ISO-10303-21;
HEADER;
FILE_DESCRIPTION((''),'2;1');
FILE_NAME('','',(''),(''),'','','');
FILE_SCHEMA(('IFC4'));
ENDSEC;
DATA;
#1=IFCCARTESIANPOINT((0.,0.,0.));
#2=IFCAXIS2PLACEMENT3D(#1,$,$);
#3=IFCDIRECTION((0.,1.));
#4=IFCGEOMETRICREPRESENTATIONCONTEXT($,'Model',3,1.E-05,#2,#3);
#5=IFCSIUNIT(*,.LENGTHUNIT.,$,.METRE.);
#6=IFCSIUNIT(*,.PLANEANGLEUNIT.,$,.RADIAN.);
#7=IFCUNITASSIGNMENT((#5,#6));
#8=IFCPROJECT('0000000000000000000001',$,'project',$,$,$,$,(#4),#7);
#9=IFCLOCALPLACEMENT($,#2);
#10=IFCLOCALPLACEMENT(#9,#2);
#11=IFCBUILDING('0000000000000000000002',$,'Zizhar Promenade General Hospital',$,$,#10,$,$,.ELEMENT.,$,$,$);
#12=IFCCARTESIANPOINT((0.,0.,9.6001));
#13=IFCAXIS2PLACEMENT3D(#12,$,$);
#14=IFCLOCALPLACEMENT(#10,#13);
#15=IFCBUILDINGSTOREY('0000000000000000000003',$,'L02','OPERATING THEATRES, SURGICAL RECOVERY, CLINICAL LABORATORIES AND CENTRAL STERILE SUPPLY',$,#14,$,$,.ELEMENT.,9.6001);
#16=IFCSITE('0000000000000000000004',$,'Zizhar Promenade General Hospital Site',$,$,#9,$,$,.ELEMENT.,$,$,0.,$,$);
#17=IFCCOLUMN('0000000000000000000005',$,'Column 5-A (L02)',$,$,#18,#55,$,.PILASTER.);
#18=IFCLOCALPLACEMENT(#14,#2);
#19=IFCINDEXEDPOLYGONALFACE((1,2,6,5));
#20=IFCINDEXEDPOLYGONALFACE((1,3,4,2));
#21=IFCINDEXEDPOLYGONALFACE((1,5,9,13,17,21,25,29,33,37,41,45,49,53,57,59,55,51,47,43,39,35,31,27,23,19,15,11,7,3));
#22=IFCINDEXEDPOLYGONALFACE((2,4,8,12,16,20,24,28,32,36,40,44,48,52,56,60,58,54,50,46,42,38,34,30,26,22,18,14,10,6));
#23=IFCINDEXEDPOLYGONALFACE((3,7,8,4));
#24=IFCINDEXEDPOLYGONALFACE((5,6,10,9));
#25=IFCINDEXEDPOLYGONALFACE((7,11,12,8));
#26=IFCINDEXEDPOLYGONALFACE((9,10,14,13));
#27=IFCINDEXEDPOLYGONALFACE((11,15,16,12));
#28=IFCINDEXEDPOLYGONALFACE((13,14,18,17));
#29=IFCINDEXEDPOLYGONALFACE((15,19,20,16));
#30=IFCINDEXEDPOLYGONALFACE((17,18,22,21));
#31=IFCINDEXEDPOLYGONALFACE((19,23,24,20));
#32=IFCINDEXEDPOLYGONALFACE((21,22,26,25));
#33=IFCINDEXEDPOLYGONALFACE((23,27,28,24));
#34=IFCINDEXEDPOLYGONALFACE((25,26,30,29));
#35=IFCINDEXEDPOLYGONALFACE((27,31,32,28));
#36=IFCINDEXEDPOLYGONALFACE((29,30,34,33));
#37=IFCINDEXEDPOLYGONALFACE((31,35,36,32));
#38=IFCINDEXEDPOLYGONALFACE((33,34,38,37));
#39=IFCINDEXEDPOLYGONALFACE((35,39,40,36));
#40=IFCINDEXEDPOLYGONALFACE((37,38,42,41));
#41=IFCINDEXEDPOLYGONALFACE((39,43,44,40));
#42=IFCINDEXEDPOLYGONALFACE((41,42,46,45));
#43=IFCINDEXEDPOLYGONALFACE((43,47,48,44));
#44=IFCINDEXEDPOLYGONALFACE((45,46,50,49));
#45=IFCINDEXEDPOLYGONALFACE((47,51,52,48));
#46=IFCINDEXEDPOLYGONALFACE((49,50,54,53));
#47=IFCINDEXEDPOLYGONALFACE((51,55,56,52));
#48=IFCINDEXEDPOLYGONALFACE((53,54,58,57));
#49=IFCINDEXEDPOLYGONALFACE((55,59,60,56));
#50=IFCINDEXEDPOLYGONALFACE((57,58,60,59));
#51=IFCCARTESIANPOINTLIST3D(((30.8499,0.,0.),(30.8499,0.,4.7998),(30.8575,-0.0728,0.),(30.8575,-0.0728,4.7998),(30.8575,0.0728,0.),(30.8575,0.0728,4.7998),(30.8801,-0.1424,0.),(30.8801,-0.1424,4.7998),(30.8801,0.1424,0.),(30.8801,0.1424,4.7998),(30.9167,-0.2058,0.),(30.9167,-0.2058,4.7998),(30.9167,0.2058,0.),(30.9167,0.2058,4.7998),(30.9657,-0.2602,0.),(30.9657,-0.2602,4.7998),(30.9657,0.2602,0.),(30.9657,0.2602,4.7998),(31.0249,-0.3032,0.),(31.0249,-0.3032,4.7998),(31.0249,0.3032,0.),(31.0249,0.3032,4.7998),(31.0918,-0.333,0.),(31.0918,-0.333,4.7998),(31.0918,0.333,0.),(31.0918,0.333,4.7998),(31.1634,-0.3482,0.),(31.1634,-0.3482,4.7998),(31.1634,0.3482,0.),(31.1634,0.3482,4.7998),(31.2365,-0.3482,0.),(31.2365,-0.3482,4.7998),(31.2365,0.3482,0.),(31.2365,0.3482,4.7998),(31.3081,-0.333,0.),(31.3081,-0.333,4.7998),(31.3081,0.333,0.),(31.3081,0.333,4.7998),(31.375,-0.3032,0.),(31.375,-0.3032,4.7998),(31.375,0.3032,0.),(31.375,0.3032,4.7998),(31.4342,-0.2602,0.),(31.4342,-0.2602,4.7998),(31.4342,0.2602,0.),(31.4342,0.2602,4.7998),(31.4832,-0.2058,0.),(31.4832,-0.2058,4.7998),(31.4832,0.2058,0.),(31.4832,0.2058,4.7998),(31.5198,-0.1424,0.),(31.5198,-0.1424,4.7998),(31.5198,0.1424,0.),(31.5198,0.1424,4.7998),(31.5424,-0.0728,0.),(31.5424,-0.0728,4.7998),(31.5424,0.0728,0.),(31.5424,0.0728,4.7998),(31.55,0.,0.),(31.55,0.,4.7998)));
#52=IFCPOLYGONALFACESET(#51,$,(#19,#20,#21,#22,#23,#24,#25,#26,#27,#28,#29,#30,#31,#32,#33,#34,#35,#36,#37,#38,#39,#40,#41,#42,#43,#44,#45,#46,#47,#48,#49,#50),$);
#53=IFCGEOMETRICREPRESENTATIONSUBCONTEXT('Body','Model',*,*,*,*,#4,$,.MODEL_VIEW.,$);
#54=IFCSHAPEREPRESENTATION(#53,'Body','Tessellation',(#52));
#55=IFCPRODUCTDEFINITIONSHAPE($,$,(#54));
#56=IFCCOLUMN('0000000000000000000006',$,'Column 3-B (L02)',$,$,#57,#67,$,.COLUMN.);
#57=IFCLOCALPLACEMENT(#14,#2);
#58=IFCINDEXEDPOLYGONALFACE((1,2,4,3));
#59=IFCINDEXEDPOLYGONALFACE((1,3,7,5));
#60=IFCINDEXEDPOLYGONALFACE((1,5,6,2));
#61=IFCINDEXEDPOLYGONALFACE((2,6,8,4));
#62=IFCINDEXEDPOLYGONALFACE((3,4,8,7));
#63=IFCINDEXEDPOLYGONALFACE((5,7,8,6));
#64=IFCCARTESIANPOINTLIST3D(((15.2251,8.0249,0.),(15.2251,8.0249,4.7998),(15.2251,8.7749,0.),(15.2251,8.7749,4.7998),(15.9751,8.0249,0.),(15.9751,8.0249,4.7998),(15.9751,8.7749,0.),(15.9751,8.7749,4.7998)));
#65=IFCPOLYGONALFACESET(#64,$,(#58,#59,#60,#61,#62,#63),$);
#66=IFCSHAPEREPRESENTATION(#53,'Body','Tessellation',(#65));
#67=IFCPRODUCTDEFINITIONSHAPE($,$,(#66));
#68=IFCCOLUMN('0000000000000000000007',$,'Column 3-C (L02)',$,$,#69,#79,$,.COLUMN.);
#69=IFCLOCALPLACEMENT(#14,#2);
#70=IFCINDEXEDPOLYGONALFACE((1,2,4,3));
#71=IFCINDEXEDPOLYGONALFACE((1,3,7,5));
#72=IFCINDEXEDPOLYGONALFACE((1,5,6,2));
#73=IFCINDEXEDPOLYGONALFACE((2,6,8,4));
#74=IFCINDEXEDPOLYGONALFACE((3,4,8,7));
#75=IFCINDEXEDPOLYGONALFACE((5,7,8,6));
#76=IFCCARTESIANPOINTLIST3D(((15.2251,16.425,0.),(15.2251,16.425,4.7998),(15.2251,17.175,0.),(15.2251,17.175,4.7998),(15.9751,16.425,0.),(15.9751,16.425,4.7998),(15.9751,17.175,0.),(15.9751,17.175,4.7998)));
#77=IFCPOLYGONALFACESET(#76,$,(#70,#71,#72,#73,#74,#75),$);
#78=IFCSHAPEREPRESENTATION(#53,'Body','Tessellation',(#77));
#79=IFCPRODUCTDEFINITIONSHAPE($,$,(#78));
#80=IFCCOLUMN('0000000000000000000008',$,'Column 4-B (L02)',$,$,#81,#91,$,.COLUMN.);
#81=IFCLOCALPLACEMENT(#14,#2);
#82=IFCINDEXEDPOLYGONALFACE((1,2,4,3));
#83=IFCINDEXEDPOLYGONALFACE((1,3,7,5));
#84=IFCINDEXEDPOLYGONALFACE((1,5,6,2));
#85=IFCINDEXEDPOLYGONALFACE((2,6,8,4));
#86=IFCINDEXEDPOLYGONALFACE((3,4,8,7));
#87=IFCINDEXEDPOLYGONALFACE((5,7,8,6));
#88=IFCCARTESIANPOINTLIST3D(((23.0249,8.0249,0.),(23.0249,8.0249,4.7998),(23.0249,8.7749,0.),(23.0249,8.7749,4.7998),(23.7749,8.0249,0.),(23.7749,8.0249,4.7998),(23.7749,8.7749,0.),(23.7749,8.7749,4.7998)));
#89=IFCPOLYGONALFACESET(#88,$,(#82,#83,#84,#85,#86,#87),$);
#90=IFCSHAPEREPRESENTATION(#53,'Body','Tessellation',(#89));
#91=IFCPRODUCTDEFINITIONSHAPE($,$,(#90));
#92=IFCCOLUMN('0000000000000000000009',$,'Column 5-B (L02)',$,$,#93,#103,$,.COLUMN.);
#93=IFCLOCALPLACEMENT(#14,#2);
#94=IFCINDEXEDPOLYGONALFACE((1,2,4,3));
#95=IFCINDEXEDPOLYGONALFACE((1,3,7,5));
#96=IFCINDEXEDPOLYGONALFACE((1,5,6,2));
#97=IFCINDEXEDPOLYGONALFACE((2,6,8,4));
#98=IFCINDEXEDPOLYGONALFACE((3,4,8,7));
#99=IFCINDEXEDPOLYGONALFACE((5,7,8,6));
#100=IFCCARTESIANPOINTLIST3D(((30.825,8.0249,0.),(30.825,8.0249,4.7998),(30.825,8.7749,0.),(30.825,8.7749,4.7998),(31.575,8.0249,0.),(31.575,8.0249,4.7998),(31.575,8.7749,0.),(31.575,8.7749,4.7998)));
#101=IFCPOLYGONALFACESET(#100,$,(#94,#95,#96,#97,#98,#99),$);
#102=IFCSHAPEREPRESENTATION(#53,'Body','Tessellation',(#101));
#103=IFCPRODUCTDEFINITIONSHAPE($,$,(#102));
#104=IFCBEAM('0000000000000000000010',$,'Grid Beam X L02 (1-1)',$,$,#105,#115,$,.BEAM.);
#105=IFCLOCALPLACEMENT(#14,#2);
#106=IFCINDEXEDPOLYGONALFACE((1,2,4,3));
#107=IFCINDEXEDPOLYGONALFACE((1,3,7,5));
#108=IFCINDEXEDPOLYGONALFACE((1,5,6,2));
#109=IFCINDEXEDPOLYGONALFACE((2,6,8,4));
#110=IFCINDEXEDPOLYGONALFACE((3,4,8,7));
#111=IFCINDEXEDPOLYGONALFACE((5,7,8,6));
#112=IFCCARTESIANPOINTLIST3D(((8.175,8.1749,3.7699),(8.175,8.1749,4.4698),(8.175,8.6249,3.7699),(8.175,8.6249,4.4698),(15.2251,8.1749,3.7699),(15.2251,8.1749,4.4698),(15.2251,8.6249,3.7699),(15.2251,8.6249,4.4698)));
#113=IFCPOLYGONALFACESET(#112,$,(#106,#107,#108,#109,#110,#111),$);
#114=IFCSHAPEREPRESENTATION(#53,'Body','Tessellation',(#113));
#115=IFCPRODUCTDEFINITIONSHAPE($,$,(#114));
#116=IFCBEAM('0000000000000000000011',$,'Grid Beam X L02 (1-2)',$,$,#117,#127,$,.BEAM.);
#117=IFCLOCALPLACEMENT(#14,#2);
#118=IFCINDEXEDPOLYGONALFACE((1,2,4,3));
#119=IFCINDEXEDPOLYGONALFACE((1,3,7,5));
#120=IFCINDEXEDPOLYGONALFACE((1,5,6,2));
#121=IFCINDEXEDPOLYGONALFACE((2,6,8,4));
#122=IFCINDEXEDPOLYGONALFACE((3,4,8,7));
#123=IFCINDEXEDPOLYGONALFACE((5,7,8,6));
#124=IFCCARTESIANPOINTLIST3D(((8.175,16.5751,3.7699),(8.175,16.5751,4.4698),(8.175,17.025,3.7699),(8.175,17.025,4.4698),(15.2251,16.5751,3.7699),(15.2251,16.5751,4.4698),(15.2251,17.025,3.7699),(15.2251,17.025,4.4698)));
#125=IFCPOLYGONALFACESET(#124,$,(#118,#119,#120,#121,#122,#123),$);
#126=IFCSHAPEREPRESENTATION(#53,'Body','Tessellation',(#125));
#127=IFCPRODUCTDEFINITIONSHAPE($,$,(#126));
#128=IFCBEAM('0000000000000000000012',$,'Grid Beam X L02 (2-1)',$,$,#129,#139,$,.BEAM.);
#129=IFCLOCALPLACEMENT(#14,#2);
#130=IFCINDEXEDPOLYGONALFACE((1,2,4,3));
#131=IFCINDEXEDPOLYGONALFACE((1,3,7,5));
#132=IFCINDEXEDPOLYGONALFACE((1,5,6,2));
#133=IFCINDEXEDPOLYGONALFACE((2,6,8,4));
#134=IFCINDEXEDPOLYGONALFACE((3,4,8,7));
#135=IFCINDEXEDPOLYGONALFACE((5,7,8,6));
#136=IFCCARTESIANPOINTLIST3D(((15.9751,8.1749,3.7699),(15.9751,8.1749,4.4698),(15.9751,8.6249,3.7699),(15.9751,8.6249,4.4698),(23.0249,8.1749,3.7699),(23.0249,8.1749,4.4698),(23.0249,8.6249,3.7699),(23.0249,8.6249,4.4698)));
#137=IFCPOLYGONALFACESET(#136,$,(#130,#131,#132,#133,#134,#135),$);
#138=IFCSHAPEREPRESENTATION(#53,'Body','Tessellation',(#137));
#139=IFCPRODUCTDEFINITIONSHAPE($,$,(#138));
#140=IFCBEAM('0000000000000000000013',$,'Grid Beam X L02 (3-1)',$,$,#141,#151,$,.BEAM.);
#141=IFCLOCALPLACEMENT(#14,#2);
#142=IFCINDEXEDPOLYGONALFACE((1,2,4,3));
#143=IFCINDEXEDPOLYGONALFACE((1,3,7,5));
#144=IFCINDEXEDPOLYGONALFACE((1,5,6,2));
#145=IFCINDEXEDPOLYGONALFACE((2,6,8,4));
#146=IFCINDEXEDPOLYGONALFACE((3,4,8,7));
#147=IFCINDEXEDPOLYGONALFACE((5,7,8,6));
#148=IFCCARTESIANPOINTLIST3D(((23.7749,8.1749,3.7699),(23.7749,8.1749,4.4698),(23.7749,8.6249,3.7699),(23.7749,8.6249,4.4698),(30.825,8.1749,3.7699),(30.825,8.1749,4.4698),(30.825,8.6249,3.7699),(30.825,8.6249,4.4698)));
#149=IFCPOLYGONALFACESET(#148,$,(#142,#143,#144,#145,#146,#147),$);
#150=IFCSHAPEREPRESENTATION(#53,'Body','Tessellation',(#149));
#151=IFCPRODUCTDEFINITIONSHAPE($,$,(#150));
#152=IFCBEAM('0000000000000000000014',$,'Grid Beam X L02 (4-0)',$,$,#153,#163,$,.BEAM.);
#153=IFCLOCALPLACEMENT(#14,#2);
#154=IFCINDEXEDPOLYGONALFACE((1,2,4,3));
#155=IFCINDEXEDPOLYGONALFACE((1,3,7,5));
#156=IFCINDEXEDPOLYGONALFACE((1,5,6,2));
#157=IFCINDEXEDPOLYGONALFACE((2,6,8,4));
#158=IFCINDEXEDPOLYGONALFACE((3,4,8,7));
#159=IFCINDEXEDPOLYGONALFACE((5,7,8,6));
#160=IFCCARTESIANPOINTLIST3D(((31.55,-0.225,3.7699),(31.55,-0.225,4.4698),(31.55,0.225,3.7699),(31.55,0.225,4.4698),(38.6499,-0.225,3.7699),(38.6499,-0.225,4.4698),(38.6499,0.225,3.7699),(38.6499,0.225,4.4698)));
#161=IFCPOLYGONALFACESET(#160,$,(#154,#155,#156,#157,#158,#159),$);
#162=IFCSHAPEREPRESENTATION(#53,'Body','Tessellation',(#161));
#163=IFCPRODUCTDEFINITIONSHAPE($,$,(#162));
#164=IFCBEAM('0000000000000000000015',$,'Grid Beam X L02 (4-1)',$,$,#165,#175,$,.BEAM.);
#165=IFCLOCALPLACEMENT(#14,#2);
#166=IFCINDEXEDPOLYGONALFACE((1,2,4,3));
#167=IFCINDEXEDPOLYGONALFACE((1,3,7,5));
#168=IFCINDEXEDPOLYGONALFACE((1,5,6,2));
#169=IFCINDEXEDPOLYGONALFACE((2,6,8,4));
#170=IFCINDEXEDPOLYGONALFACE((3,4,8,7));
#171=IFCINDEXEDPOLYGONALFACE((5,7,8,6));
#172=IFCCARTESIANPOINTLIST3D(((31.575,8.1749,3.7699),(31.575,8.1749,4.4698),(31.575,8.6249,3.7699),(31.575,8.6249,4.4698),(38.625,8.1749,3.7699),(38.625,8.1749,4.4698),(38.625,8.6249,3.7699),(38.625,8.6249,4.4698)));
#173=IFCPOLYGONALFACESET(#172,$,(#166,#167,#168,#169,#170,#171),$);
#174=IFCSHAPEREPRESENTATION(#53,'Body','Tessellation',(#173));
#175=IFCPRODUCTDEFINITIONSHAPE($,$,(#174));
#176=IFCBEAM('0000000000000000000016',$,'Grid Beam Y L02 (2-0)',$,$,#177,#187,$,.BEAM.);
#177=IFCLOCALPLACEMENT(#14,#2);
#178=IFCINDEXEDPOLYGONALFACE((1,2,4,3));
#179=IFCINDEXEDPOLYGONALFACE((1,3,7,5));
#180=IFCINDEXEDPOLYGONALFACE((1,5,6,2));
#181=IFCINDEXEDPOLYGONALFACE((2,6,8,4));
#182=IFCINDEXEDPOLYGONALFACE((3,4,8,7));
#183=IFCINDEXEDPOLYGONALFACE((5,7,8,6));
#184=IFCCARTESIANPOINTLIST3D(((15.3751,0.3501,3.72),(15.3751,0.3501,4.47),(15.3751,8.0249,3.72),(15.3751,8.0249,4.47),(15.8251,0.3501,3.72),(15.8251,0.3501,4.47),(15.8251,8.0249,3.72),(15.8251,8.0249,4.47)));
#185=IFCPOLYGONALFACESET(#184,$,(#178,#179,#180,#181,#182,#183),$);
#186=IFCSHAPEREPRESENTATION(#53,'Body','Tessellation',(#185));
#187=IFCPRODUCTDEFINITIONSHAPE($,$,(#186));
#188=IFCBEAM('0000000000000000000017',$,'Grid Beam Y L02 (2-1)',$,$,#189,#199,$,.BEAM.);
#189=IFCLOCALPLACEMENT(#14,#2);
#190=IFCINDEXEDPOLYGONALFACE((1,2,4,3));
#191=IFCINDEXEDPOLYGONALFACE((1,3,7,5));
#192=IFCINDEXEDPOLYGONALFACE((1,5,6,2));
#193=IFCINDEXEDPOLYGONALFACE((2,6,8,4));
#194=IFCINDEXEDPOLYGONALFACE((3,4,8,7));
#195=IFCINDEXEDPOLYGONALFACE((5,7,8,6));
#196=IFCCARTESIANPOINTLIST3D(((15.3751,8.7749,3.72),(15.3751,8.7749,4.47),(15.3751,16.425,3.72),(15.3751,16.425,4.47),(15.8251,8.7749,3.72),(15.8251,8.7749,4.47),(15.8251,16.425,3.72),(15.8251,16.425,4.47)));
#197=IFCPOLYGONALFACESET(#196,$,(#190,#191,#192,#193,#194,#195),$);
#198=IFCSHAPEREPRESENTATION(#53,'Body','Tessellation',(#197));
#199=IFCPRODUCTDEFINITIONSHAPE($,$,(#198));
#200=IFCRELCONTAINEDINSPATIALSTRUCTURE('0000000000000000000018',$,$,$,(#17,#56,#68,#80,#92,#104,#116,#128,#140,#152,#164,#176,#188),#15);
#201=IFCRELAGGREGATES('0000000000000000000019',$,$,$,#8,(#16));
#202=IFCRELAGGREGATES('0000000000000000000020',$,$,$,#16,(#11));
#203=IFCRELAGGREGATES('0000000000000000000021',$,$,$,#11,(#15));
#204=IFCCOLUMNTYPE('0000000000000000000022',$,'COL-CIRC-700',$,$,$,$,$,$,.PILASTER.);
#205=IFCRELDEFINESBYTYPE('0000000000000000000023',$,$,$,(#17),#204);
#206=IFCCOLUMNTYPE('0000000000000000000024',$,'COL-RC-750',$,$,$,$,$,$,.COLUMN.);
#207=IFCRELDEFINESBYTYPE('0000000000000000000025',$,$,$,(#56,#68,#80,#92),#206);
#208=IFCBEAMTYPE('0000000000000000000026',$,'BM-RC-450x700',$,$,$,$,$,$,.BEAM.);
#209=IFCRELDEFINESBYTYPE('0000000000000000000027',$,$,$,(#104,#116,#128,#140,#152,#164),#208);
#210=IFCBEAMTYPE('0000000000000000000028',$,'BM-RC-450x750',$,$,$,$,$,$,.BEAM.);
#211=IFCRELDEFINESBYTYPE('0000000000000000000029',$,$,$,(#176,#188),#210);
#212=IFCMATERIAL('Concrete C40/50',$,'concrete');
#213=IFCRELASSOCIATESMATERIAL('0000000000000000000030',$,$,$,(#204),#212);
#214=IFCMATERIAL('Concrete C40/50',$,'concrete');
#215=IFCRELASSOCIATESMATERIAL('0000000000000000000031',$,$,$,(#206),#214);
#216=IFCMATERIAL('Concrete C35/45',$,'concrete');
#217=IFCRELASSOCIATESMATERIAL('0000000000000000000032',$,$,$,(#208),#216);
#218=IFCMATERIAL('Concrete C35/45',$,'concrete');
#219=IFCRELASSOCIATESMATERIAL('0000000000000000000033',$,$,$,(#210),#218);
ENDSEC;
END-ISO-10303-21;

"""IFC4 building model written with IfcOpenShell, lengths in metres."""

from ifc_helpers import new_model, si_unit, direction, frame, origin, origin_2d, place, context, subcontext, project, spatial, rectangle, circle, extrude, material, material_profile, profile_set, type_object, element, save


model = new_model("IFC4")

# Units and contexts
model_context = context("Model", 3, precision=1e-05, world=origin(), true_north=direction((0.0, 1.0)))
body_context = subcontext(model_context, "Body", "Model", "MODEL_VIEW")
ifc_project = project(units=[si_unit("LENGTHUNIT", "METRE"), si_unit("PLANEANGLEUNIT", "RADIAN")], contexts=[model_context])

# Site, building, storey
site_placement = place(None, origin())
site = spatial("IfcSite", under=ifc_project, at=site_placement, Name="Zizhar Promenade General Hospital Site", CompositionType="ELEMENT", RefElevation=0.0)
building_placement = place(site_placement, origin())
building = spatial("IfcBuilding", under=site, at=building_placement, Name="Zizhar Promenade General Hospital", CompositionType="ELEMENT")
storey_placement = place(building_placement, frame((0.0, 0.0, 9.6001)))
storey = spatial("IfcBuildingStorey", under=building, at=storey_placement, Name="L02", Description="OPERATING THEATRES, SURGICAL RECOVERY, CLINICAL LABORATORIES AND CENTRAL STERILE SUPPLY", CompositionType="ELEMENT", Elevation=9.6001)

# Columns
ifc_material_1 = material(Name="Concrete C40/50", Category="concrete")
ifc_material_profile_1 = material_profile(ifc_material_1, circle(Radius=0.3501, at=origin_2d()))
ifc_profile_set_1 = profile_set([ifc_material_profile_1], Name="Concrete C40/50")
column_type_1 = type_object("IfcColumnType", Name="COL-CIRC-700", PredefinedType="PILASTER", material=ifc_profile_set_1)
column_placement = place(storey_placement, frame((31.2, 0.0, 0.0), z_axis=(0.0, 0.0, 1.0), x_axis=(1.0, 0.0, 0.0)))
element("IfcColumn", 1, at=column_placement, inside=storey, type_object=column_type_1, Name="Column 5-A (L02)", PredefinedType="PILASTER", context=body_context, shape_type="SweptSolid", body=[
    extrude(circle(Radius=0.3501, at=origin_2d()), origin(), (0.0, 0.0, 1.0), 4.7998),
])
ifc_material_2 = material(Name="Concrete C40/50", Category="concrete")
ifc_material_profile_2 = material_profile(ifc_material_2, rectangle(XDim=0.75, YDim=0.75, at=origin_2d()))
ifc_profile_set_2 = profile_set([ifc_material_profile_2], Name="Concrete C40/50")
column_type_2 = type_object("IfcColumnType", Name="COL-RC-750", PredefinedType="COLUMN", material=ifc_profile_set_2)
for number, where, z_axis, x_axis, name in (
    (2, (15.6001, 8.3999, 0.0), (0.0, 0.0, 1.0), (1.0, 0.0, 0.0), "Column 3-B (L02)"),
    (3, (15.6001, 16.8, 0.0), (0.0, 0.0, 1.0), (1.0, 0.0, 0.0), "Column 3-C (L02)"),
    (4, (23.3999, 8.3999, 0.0), (0.0, 0.0, 1.0), (1.0, 0.0, 0.0), "Column 4-B (L02)"),
    (5, (31.2, 8.3999, 0.0), (0.0, 0.0, 1.0), (1.0, 0.0, 0.0), "Column 5-B (L02)"),
):
    element("IfcColumn", number, at=place(storey_placement, frame(where, z_axis=z_axis, x_axis=x_axis)), inside=storey, type_object=column_type_2, Name=name, PredefinedType="COLUMN", context=body_context, shape_type="SweptSolid", body=[
        extrude(rectangle(XDim=0.75, YDim=0.75, at=origin_2d()), origin(), (0.0, 0.0, 1.0), 4.7998),
    ])

# Beams
ifc_material_3 = material(Name="Concrete C35/45", Category="concrete")
ifc_material_profile_3 = material_profile(ifc_material_3, rectangle(XDim=0.45, YDim=0.7, at=origin_2d()))
ifc_profile_set_3 = profile_set([ifc_material_profile_3], Name="Concrete C35/45")
beam_type_1 = type_object("IfcBeamType", Name="BM-RC-450x700", PredefinedType="BEAM", material=ifc_profile_set_3)
for number, where, z_axis, x_axis, name in (
    (6, (8.175, 8.3999, 4.1199), (1.0, 0.0, 0.0), (0.0, 1.0, 0.0), "Grid Beam X L02 (1-1)"),
    (7, (8.175, 16.8, 4.1199), (1.0, 0.0, 0.0), (0.0, 1.0, 0.0), "Grid Beam X L02 (1-2)"),
):
    element("IfcBeam", number, at=place(storey_placement, frame(where, z_axis=z_axis, x_axis=x_axis)), inside=storey, type_object=beam_type_1, Name=name, PredefinedType="BEAM", context=body_context, shape_type="SweptSolid", body=[
        extrude(rectangle(XDim=0.45, YDim=0.7, at=origin_2d()), origin(), (0.0, 0.0, 1.0), 7.05),
    ])
beam_1_placement = place(storey_placement, frame((15.9751, 8.3999, 4.1199), z_axis=(1.0, 0.0, 0.0), x_axis=(0.0, 1.0, 0.0)))
element("IfcBeam", 8, at=beam_1_placement, inside=storey, type_object=beam_type_1, Name="Grid Beam X L02 (2-1)", PredefinedType="BEAM", context=body_context, shape_type="SweptSolid", body=[
    extrude(rectangle(XDim=0.45, YDim=0.7, at=origin_2d()), origin(), (0.0, 0.0, 1.0), 7.0498),
])
beam_2_placement = place(storey_placement, frame((23.7749, 8.3999, 4.1199), z_axis=(1.0, 0.0, 0.0), x_axis=(0.0, 1.0, 0.0)))
element("IfcBeam", 9, at=beam_2_placement, inside=storey, type_object=beam_type_1, Name="Grid Beam X L02 (3-1)", PredefinedType="BEAM", context=body_context, shape_type="SweptSolid", body=[
    extrude(rectangle(XDim=0.45, YDim=0.7, at=origin_2d()), origin(), (0.0, 0.0, 1.0), 7.05),
])
beam_3_placement = place(storey_placement, frame((31.55, 0.0, 4.1199), z_axis=(1.0, 0.0, 0.0), x_axis=(0.0, 1.0, 0.0)))
element("IfcBeam", 10, at=beam_3_placement, inside=storey, type_object=beam_type_1, Name="Grid Beam X L02 (4-0)", PredefinedType="BEAM", context=body_context, shape_type="SweptSolid", body=[
    extrude(rectangle(XDim=0.45, YDim=0.7, at=origin_2d()), origin(), (0.0, 0.0, 1.0), 7.0999),
])
beam_4_placement = place(storey_placement, frame((31.575, 8.3999, 4.1199), z_axis=(1.0, 0.0, 0.0), x_axis=(0.0, 1.0, 0.0)))
element("IfcBeam", 11, at=beam_4_placement, inside=storey, type_object=beam_type_1, Name="Grid Beam X L02 (4-1)", PredefinedType="BEAM", context=body_context, shape_type="SweptSolid", body=[
    extrude(rectangle(XDim=0.45, YDim=0.7, at=origin_2d()), origin(), (0.0, 0.0, 1.0), 7.05),
])
ifc_material_4 = material(Name="Concrete C35/45", Category="concrete")
ifc_material_profile_4 = material_profile(ifc_material_4, rectangle(XDim=0.45, YDim=0.75, at=origin_2d()))
ifc_profile_set_4 = profile_set([ifc_material_profile_4], Name="Concrete C35/45")
beam_type_2 = type_object("IfcBeamType", Name="BM-RC-450x750", PredefinedType="BEAM", material=ifc_profile_set_4)
beam_5_placement = place(storey_placement, frame((15.6001, 0.3501, 4.095), z_axis=(0.0, 1.0, 0.0), x_axis=(-1.0, 0.0, 0.0)))
element("IfcBeam", 12, at=beam_5_placement, inside=storey, type_object=beam_type_2, Name="Grid Beam Y L02 (2-0)", PredefinedType="BEAM", context=body_context, shape_type="SweptSolid", body=[
    extrude(rectangle(XDim=0.45, YDim=0.75, at=origin_2d()), origin(), (0.0, 0.0, 1.0), 7.6748),
])
beam_6_placement = place(storey_placement, frame((15.6001, 8.7749, 4.095), z_axis=(0.0, 1.0, 0.0), x_axis=(-1.0, 0.0, 0.0)))
element("IfcBeam", 13, at=beam_6_placement, inside=storey, type_object=beam_type_2, Name="Grid Beam Y L02 (2-1)", PredefinedType="BEAM", context=body_context, shape_type="SweptSolid", body=[
    extrude(rectangle(XDim=0.45, YDim=0.75, at=origin_2d()), origin(), (0.0, 0.0, 1.0), 7.6501),
])

save(model, "model.ifc")
